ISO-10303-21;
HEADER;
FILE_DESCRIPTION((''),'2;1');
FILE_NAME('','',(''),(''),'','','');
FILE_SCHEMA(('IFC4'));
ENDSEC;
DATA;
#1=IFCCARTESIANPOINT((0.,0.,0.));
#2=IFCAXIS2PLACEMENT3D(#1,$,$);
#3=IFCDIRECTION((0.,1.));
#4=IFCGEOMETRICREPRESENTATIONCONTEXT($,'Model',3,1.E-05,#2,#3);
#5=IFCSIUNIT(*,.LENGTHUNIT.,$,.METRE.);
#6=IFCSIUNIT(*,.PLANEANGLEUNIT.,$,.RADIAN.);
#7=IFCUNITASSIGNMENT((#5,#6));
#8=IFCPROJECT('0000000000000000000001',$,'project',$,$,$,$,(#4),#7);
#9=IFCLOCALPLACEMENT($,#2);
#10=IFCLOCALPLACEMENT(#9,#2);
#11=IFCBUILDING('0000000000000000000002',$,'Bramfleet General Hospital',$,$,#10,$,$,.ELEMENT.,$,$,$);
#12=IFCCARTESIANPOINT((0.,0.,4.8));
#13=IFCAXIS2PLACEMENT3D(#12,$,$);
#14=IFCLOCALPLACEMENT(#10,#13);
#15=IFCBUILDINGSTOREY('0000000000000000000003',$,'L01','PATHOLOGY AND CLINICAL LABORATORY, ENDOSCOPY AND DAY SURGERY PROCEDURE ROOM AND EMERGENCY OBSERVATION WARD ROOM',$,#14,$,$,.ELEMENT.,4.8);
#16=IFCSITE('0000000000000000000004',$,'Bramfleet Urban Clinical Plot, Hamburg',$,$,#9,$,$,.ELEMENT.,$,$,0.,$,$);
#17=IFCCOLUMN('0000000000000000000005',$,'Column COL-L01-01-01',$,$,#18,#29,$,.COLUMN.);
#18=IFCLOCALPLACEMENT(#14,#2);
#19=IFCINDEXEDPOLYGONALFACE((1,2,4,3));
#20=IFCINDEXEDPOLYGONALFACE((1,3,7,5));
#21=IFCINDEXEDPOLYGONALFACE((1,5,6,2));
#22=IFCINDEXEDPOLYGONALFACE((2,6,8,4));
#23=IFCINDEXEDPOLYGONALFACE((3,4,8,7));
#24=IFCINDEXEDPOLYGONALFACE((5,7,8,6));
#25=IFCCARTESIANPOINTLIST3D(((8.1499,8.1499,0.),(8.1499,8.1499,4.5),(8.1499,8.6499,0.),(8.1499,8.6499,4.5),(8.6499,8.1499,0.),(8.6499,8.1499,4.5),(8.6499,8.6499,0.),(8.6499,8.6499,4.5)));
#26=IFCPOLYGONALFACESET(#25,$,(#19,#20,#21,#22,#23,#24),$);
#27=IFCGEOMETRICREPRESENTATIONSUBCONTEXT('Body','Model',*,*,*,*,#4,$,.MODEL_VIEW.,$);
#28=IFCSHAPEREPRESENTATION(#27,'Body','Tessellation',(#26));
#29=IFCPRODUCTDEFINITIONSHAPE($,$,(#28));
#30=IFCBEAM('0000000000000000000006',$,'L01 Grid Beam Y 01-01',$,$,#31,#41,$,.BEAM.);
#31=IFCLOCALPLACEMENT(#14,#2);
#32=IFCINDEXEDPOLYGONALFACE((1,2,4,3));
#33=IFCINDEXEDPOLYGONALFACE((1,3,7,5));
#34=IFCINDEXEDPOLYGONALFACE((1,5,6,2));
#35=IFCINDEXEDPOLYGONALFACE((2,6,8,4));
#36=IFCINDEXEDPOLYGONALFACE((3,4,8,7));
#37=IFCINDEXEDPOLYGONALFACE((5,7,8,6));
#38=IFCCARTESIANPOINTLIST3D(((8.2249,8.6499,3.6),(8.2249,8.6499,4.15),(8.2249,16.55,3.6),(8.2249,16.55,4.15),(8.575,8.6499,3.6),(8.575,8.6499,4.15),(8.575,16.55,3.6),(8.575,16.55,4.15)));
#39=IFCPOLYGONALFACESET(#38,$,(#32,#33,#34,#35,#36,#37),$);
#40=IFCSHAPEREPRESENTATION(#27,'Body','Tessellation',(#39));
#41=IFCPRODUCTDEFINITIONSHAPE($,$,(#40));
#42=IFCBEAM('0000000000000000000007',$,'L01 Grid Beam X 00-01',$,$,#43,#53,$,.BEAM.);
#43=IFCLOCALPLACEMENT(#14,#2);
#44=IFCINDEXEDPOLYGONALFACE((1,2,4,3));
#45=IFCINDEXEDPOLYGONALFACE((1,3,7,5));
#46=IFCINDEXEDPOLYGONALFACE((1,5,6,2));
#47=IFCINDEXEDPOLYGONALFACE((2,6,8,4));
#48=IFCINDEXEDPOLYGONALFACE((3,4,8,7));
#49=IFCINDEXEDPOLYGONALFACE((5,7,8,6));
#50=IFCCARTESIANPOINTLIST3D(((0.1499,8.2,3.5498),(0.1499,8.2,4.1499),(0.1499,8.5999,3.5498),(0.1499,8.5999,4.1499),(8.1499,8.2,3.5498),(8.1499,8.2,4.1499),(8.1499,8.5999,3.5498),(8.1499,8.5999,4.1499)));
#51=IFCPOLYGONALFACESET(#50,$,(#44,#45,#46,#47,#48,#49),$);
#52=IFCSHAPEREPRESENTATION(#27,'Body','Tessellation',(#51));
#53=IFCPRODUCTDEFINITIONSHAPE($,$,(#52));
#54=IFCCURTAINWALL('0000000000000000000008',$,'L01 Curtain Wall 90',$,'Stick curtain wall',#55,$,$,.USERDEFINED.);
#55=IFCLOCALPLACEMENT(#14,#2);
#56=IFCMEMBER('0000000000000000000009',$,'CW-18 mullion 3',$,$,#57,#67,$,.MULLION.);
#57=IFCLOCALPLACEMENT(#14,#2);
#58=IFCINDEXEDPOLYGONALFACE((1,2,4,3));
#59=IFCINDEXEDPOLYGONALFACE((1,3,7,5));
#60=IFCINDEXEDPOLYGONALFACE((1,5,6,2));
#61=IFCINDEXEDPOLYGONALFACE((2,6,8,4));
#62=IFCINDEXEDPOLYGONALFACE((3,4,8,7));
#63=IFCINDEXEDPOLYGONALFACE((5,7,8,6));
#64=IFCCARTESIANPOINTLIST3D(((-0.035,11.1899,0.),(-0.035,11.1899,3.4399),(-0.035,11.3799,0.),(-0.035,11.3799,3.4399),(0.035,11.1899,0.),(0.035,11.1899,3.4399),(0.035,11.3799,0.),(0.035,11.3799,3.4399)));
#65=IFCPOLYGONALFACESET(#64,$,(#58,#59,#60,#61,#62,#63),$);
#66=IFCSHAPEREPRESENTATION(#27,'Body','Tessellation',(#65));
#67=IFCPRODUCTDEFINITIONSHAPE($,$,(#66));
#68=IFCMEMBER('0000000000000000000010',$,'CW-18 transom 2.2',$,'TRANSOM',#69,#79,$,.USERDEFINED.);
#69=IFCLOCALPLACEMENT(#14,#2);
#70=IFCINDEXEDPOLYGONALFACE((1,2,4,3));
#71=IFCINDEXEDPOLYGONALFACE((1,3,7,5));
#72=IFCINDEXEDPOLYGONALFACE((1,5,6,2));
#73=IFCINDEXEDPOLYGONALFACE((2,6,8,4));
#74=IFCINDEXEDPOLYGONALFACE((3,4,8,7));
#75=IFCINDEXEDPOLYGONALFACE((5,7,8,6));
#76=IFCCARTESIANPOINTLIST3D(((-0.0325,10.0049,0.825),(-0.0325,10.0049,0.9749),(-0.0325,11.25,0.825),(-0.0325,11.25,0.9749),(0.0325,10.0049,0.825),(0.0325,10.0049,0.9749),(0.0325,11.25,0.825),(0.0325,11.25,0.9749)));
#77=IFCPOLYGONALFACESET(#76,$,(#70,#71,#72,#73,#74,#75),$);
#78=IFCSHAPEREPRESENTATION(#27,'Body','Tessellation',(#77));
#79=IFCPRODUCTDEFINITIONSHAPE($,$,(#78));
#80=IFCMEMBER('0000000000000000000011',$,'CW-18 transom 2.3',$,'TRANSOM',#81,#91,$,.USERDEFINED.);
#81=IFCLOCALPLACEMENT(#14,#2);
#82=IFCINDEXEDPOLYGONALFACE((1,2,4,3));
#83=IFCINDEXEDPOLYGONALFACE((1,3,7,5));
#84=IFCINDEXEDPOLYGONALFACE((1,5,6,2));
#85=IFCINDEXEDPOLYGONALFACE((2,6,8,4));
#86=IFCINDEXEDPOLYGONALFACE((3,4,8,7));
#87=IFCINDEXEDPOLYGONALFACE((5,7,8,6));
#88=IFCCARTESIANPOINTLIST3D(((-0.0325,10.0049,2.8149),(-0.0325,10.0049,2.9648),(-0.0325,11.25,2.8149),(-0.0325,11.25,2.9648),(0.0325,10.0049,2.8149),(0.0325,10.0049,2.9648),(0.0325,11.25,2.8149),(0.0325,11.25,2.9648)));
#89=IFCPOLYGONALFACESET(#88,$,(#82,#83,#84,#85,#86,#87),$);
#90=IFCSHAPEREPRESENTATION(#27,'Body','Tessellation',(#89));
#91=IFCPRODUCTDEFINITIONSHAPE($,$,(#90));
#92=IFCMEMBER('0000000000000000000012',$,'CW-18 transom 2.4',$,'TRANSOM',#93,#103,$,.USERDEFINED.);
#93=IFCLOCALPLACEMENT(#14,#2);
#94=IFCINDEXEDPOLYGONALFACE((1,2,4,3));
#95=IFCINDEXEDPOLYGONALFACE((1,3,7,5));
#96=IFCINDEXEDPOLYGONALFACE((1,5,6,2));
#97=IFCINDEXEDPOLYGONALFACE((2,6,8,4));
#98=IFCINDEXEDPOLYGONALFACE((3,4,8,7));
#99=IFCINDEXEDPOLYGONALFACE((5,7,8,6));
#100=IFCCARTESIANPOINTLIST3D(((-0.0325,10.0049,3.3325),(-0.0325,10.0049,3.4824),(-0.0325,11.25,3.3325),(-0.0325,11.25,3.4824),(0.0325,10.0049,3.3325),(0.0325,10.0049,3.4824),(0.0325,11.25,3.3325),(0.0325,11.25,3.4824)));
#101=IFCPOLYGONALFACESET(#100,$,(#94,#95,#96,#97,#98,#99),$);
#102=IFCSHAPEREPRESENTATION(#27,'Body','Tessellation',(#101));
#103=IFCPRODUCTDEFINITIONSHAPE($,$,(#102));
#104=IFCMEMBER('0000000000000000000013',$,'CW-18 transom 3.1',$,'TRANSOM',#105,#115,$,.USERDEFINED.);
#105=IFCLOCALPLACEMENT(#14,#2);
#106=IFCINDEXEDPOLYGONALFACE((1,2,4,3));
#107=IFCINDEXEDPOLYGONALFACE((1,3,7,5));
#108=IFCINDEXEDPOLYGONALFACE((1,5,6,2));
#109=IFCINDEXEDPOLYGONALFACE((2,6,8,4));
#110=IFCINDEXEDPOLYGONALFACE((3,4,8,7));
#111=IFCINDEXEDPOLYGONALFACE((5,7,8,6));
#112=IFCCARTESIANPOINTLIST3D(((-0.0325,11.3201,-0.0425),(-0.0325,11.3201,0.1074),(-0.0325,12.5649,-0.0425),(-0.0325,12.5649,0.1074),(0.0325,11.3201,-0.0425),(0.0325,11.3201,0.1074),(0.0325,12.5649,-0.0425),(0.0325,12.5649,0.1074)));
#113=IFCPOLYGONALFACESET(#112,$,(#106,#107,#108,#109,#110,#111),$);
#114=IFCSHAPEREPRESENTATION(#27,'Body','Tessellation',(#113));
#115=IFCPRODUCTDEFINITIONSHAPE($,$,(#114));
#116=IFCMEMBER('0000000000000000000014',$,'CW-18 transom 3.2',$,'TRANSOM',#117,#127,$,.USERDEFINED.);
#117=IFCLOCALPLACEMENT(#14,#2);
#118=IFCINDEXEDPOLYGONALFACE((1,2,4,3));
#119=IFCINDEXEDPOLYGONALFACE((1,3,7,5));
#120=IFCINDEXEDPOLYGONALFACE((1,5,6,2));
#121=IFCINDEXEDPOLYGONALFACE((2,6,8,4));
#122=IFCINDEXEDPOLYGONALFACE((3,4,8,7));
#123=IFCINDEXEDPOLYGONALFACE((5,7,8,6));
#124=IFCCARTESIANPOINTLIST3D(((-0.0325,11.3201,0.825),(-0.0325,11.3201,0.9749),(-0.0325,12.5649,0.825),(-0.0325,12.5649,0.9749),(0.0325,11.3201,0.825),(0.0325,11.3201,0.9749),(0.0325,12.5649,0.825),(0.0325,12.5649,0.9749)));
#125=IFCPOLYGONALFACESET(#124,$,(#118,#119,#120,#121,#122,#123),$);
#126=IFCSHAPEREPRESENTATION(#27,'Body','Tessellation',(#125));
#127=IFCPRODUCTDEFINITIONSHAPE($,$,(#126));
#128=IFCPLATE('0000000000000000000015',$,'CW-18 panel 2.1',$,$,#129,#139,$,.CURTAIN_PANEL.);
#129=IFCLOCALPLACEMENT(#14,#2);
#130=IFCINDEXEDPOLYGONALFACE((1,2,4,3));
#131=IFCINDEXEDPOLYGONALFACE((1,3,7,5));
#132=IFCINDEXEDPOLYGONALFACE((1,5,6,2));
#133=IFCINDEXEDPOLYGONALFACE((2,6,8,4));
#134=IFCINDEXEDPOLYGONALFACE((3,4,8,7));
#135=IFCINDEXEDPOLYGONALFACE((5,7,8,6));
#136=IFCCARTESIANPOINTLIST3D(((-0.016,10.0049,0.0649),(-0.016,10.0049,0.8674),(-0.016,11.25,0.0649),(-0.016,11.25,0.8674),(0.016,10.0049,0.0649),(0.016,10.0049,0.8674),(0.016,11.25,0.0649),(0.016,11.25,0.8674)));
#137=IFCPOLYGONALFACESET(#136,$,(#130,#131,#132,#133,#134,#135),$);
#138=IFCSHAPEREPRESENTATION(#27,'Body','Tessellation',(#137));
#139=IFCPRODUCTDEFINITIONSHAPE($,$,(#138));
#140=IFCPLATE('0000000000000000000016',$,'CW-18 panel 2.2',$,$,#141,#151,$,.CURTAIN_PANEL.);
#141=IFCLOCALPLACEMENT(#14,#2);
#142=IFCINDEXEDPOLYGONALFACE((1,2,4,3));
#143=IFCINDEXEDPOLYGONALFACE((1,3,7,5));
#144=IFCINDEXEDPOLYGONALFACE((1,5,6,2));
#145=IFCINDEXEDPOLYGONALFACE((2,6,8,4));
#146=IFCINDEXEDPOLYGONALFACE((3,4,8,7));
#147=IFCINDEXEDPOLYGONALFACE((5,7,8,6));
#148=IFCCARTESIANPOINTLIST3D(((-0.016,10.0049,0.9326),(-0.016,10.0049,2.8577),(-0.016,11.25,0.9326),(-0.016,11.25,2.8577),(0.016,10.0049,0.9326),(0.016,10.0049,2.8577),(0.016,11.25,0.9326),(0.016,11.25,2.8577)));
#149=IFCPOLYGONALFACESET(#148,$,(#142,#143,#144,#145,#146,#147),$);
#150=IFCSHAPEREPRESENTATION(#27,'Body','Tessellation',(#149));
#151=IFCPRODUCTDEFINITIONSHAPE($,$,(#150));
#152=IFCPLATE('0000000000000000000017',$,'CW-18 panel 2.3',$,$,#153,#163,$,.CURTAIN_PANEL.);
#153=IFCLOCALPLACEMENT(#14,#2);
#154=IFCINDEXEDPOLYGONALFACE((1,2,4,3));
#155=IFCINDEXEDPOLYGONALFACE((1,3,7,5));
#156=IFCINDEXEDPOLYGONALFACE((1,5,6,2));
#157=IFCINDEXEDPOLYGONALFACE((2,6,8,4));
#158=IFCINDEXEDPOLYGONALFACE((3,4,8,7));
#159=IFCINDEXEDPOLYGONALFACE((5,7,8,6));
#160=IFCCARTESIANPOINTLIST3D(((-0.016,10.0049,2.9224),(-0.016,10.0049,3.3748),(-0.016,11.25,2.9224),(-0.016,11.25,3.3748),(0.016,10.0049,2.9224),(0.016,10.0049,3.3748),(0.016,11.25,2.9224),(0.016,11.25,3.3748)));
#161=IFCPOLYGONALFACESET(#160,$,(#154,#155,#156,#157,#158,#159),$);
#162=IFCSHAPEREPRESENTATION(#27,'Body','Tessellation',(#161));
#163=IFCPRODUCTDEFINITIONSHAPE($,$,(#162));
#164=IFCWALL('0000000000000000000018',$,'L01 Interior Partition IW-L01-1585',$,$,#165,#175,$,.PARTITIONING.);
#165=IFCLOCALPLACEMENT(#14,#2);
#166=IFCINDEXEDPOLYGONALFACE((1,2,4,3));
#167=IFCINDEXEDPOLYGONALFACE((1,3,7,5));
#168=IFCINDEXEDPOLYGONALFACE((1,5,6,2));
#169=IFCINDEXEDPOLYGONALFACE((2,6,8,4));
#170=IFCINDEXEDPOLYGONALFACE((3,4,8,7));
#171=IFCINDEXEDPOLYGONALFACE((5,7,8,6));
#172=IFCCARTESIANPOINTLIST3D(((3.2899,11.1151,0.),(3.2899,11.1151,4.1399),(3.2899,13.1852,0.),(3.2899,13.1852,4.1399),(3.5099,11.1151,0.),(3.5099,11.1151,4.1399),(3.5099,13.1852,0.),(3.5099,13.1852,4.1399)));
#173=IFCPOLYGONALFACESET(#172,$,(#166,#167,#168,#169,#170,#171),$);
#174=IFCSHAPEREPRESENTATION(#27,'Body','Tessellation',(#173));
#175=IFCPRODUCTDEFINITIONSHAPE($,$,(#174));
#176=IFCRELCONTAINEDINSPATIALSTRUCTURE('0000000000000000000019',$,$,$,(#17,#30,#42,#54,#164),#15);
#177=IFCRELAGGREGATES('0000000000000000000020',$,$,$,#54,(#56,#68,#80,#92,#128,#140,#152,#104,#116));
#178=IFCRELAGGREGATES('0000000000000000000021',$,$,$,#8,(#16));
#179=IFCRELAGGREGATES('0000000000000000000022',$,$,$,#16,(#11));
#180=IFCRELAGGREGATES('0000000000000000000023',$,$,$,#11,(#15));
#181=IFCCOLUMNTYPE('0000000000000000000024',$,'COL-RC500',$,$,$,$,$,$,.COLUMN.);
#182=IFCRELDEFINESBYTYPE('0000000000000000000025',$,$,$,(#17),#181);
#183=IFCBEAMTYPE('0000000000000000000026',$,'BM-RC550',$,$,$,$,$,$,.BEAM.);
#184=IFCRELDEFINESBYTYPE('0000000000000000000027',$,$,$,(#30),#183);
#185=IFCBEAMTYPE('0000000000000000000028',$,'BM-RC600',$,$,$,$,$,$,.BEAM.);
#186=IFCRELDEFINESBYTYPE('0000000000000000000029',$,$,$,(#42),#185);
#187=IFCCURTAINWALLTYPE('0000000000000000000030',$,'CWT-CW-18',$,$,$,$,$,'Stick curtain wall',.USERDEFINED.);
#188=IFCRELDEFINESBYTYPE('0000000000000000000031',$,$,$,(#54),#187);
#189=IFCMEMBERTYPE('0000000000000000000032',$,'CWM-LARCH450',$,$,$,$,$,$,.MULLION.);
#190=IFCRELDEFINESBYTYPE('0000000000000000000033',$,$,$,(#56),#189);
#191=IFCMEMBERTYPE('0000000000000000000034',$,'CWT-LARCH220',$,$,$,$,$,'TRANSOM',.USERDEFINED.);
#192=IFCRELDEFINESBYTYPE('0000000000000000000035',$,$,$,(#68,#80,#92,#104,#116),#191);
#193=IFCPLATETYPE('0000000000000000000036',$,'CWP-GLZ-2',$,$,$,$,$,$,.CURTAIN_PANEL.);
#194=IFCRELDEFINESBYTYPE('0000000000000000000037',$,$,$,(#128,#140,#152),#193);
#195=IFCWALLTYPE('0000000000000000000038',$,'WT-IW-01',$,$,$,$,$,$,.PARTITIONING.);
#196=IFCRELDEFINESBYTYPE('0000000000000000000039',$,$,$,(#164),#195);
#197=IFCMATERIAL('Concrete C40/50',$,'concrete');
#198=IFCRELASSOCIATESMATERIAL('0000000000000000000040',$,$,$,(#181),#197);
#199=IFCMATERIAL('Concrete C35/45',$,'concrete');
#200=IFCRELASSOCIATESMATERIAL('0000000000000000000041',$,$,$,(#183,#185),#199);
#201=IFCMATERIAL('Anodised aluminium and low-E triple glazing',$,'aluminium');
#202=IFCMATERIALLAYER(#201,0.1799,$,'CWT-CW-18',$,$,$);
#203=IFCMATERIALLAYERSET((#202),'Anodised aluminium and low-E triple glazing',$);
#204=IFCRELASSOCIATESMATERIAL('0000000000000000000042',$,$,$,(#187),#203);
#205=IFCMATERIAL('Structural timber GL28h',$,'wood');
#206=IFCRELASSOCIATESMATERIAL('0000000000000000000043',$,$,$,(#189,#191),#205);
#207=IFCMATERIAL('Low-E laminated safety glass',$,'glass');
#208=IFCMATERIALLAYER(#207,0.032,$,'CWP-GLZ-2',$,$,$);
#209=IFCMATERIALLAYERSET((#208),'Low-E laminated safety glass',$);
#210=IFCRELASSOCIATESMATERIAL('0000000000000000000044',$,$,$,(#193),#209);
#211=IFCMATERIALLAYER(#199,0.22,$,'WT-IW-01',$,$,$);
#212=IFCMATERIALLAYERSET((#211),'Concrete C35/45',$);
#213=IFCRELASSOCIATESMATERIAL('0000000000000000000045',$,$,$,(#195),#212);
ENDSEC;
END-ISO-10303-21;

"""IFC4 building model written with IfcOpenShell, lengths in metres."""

from ifc_helpers import new_model, si_unit, direction, frame, frame_2d, origin, origin_2d, place, context, subcontext, project, spatial, rectangle, extrude, material, layer, layer_set, material_profile, profile_set, type_object, element, aggregate, save


model = new_model("IFC4")

# Units and contexts
model_context = context("Model", 3, precision=1e-05, world=origin(), true_north=direction((0.0, 1.0)))
body_context = subcontext(model_context, "Body", "Model", "MODEL_VIEW")
ifc_project = project(units=[si_unit("LENGTHUNIT", "METRE"), si_unit("PLANEANGLEUNIT", "RADIAN")], contexts=[model_context])

# Site, building, storey
site_placement = place(None, origin())
site = spatial("IfcSite", under=ifc_project, at=site_placement, Name="Bramfleet Urban Clinical Plot, Hamburg", CompositionType="ELEMENT", RefElevation=0.0)
building_placement = place(site_placement, origin())
building = spatial("IfcBuilding", under=site, at=building_placement, Name="Bramfleet General Hospital", CompositionType="ELEMENT")
storey_placement = place(building_placement, frame((0.0, 0.0, 4.8)))
storey = spatial("IfcBuildingStorey", under=building, at=storey_placement, Name="L01", Description="PATHOLOGY AND CLINICAL LABORATORY, ENDOSCOPY AND DAY SURGERY PROCEDURE ROOM AND EMERGENCY OBSERVATION WARD ROOM", CompositionType="ELEMENT", Elevation=4.8)

# Column
ifc_material_1 = material(Name="Concrete C40/50", Category="concrete")
ifc_material_profile_1 = material_profile(ifc_material_1, rectangle(XDim=0.5, YDim=0.5, at=origin_2d()), Name="RC COL 500x500")
ifc_profile_set_1 = profile_set([ifc_material_profile_1], Name="Concrete C40/50")
column_type = type_object("IfcColumnType", Name="COL-RC500", PredefinedType="COLUMN", material=ifc_profile_set_1)
column_placement = place(storey_placement, frame((8.3999, 8.3999, 0.0), z_axis=(0.0, 0.0, 1.0), x_axis=(1.0, 0.0, 0.0)))
element("IfcColumn", 1, at=column_placement, inside=storey, type_object=column_type, Name="Column COL-L01-01-01", PredefinedType="COLUMN", context=body_context, shape_type="SweptSolid", body=[
    extrude(rectangle(XDim=0.5, YDim=0.5, at=origin_2d()), origin(), (0.0, 0.0, 1.0), 4.5),
])

# Beams
ifc_material_2 = material(Name="Concrete C35/45", Category="concrete")
ifc_material_profile_2 = material_profile(ifc_material_2, rectangle(XDim=0.3501, YDim=0.55, at=origin_2d()), Name="RC BM 550x350")
ifc_profile_set_2 = profile_set([ifc_material_profile_2], Name="Concrete C35/45")
beam_type_1 = type_object("IfcBeamType", Name="BM-RC550", PredefinedType="BEAM", material=ifc_profile_set_2)
beam_1_placement = place(storey_placement, frame((8.3999, 8.6499, 3.875), z_axis=(0.0, 1.0, 0.0), x_axis=(-1.0, 0.0, 0.0)))
element("IfcBeam", 2, at=beam_1_placement, inside=storey, type_object=beam_type_1, Name="L01 Grid Beam Y 01-01", PredefinedType="BEAM", context=body_context, shape_type="SweptSolid", body=[
    extrude(rectangle(XDim=0.3501, YDim=0.55, at=origin_2d()), origin(), (0.0, 0.0, 1.0), 7.9001),
])
ifc_material_profile_3 = material_profile(ifc_material_2, rectangle(XDim=0.3999, YDim=0.6001, at=origin_2d()), Name="RC BM 600x400")
ifc_profile_set_3 = profile_set([ifc_material_profile_3], Name="Concrete C35/45")
beam_type_2 = type_object("IfcBeamType", Name="BM-RC600", PredefinedType="BEAM", material=ifc_profile_set_3)
beam_2_placement = place(storey_placement, frame((0.1499, 8.3999, 3.8499), z_axis=(1.0, 0.0, 0.0), x_axis=(0.0, 1.0, 0.0)))
element("IfcBeam", 3, at=beam_2_placement, inside=storey, type_object=beam_type_2, Name="L01 Grid Beam X 00-01", PredefinedType="BEAM", context=body_context, shape_type="SweptSolid", body=[
    extrude(rectangle(XDim=0.3999, YDim=0.6001, at=origin_2d()), origin(), (0.0, 0.0, 1.0), 8.0),
])

# Curtain wall, members, plates
ifc_material_3 = material(Name="Anodised aluminium and low-E triple glazing", Category="aluminium")
ifc_layer_1 = layer(ifc_material_3, 0.1799, Name="CWT-CW-18")
ifc_layer_set_1 = layer_set([ifc_layer_1], Name="Anodised aluminium and low-E triple glazing")
curtain_wall_type = type_object("IfcCurtainWallType", Name="CWT-CW-18", ElementType="Stick curtain wall", PredefinedType="USERDEFINED", material=ifc_layer_set_1)
curtain_wall_placement = place(storey_placement, origin())
curtain_wall = element("IfcCurtainWall", 4, at=curtain_wall_placement, inside=storey, type_object=curtain_wall_type, Name="L01 Curtain Wall 90", ObjectType="Stick curtain wall", PredefinedType="USERDEFINED")
ifc_material_4 = material(Name="Structural timber GL28h", Category="wood")
ifc_material_profile_4 = material_profile(ifc_material_4, rectangle(XDim=0.0701, YDim=0.1899, at=origin_2d()), Name="LARCH 190x70")
ifc_profile_set_4 = profile_set([ifc_material_profile_4], Name="Structural timber GL28h")
member_type_1 = type_object("IfcMemberType", Name="CWM-LARCH450", PredefinedType="MULLION", material=ifc_profile_set_4)
member_1_placement = place(storey_placement, frame((0.0, 11.2849, 0.0), z_axis=(0.0, 0.0, 1.0), x_axis=(-1.0, 0.0, 0.0)))
member_1 = element("IfcMember", 5, at=member_1_placement, type_object=member_type_1, Name="CW-18 mullion 3", PredefinedType="MULLION", context=body_context, shape_type="SweptSolid", body=[
    extrude(rectangle(XDim=0.0701, YDim=0.1899, at=origin_2d()), origin(), (0.0, 0.0, 1.0), 3.4399),
])
ifc_material_profile_5 = material_profile(ifc_material_4, rectangle(XDim=0.0649, YDim=0.1499, at=origin_2d()), Name="LARCH 150x65")
ifc_profile_set_5 = profile_set([ifc_material_profile_5], Name="Structural timber GL28h")
member_type_2 = type_object("IfcMemberType", Name="CWT-LARCH220", ElementType="TRANSOM", PredefinedType="USERDEFINED", material=ifc_profile_set_5)
member_2_placement = place(storey_placement, frame((0.0, 10.0049, 0.8999), z_axis=(0.0, 1.0, 0.0), x_axis=(-1.0, 0.0, 0.0)))
member_2 = element("IfcMember", 6, at=member_2_placement, type_object=member_type_2, Name="CW-18 transom 2.2", ObjectType="TRANSOM", PredefinedType="USERDEFINED", context=body_context, shape_type="SweptSolid", body=[
    extrude(rectangle(XDim=0.0649, YDim=0.1499, at=origin_2d()), origin(), (0.0, 0.0, 1.0), 1.2451),
])
member_3_placement = place(storey_placement, frame((0.0, 10.0049, 2.8899), z_axis=(0.0, 1.0, 0.0), x_axis=(-1.0, 0.0, 0.0)))
member_3 = element("IfcMember", 7, at=member_3_placement, type_object=member_type_2, Name="CW-18 transom 2.3", ObjectType="TRANSOM", PredefinedType="USERDEFINED", context=body_context, shape_type="SweptSolid", body=[
    extrude(rectangle(XDim=0.0649, YDim=0.1499, at=origin_2d()), origin(), (0.0, 0.0, 1.0), 1.2451),
])
member_4_placement = place(storey_placement, frame((0.0, 10.0049, 3.4075), z_axis=(0.0, 1.0, 0.0), x_axis=(-1.0, 0.0, 0.0)))
member_4 = element("IfcMember", 8, at=member_4_placement, type_object=member_type_2, Name="CW-18 transom 2.4", ObjectType="TRANSOM", PredefinedType="USERDEFINED", context=body_context, shape_type="SweptSolid", body=[
    extrude(rectangle(XDim=0.0649, YDim=0.1499, at=origin_2d()), origin(), (0.0, 0.0, 1.0), 1.2451),
])
member_5_placement = place(storey_placement, frame((0.0, 11.3201, 0.0325), z_axis=(0.0, 1.0, 0.0), x_axis=(-1.0, 0.0, 0.0)))
member_5 = element("IfcMember", 9, at=member_5_placement, type_object=member_type_2, Name="CW-18 transom 3.1", ObjectType="TRANSOM", PredefinedType="USERDEFINED", context=body_context, shape_type="SweptSolid", body=[
    extrude(rectangle(XDim=0.0649, YDim=0.1499, at=origin_2d()), origin(), (0.0, 0.0, 1.0), 1.2449),
])
member_6_placement = place(storey_placement, frame((0.0, 11.3201, 0.8999), z_axis=(0.0, 1.0, 0.0), x_axis=(-1.0, 0.0, 0.0)))
member_6 = element("IfcMember", 10, at=member_6_placement, type_object=member_type_2, Name="CW-18 transom 3.2", ObjectType="TRANSOM", PredefinedType="USERDEFINED", context=body_context, shape_type="SweptSolid", body=[
    extrude(rectangle(XDim=0.0649, YDim=0.1499, at=origin_2d()), origin(), (0.0, 0.0, 1.0), 1.2449),
])
ifc_material_5 = material(Name="Low-E laminated safety glass", Category="glass")
ifc_layer_2 = layer(ifc_material_5, 0.032, Name="CWP-GLZ-2")
ifc_layer_set_2 = layer_set([ifc_layer_2], Name="Low-E laminated safety glass")
plate_type = type_object("IfcPlateType", Name="CWP-GLZ-2", PredefinedType="CURTAIN_PANEL", material=ifc_layer_set_2)
plate_1_placement = place(storey_placement, frame((0.0, 10.6274, 0.0649), z_axis=(0.0, 0.0, 1.0), x_axis=(0.0, 1.0, 0.0)))
plate_1 = element("IfcPlate", 11, at=plate_1_placement, type_object=plate_type, Name="CW-18 panel 2.1", PredefinedType="CURTAIN_PANEL", context=body_context, shape_type="SweptSolid", body=[
    extrude(rectangle(XDim=1.2451, YDim=0.032, at=origin_2d()), origin(), (0.0, 0.0, 1.0), 0.8025),
])
plate_2_placement = place(storey_placement, frame((0.0, 10.6274, 0.9326), z_axis=(0.0, 0.0, 1.0), x_axis=(0.0, 1.0, 0.0)))
plate_2 = element("IfcPlate", 12, at=plate_2_placement, type_object=plate_type, Name="CW-18 panel 2.2", PredefinedType="CURTAIN_PANEL", context=body_context, shape_type="SweptSolid", body=[
    extrude(rectangle(XDim=1.2451, YDim=0.032, at=origin_2d()), origin(), (0.0, 0.0, 1.0), 1.925),
])
plate_3_placement = place(storey_placement, frame((0.0, 10.6274, 2.9224), z_axis=(0.0, 0.0, 1.0), x_axis=(0.0, 1.0, 0.0)))
plate_3 = element("IfcPlate", 13, at=plate_3_placement, type_object=plate_type, Name="CW-18 panel 2.3", PredefinedType="CURTAIN_PANEL", context=body_context, shape_type="SweptSolid", body=[
    extrude(rectangle(XDim=1.2451, YDim=0.032, at=origin_2d()), origin(), (0.0, 0.0, 1.0), 0.4524),
])
aggregate(curtain_wall, [member_1, member_2, member_3, member_4, plate_1, plate_2, plate_3, member_5, member_6])

# Wall
ifc_layer_3 = layer(ifc_material_2, 0.22, Name="WT-IW-01")
ifc_layer_set_3 = layer_set([ifc_layer_3], Name="Concrete C35/45")
wall_type_1 = type_object("IfcWallType", Name="WT-IW-01", PredefinedType="PARTITIONING", material=ifc_layer_set_3)
wall_1_placement = place(storey_placement, frame((3.3999, 11.115, 0.0), z_axis=(0.0, 0.0, 1.0), x_axis=(0.0, 1.0, 0.0)))
element("IfcWall", 14, at=wall_1_placement, inside=storey, type_object=wall_type_1, Name="L01 Interior Partition IW-L01-1585", PredefinedType="PARTITIONING", context=body_context, shape_type="SweptSolid", body=[
    extrude(rectangle(XDim=2.0701, YDim=0.22, at=frame_2d((1.0352, 0.0))), origin(), (0.0, 0.0, 1.0), 4.1399),
])

save(model, "model.ifc")
